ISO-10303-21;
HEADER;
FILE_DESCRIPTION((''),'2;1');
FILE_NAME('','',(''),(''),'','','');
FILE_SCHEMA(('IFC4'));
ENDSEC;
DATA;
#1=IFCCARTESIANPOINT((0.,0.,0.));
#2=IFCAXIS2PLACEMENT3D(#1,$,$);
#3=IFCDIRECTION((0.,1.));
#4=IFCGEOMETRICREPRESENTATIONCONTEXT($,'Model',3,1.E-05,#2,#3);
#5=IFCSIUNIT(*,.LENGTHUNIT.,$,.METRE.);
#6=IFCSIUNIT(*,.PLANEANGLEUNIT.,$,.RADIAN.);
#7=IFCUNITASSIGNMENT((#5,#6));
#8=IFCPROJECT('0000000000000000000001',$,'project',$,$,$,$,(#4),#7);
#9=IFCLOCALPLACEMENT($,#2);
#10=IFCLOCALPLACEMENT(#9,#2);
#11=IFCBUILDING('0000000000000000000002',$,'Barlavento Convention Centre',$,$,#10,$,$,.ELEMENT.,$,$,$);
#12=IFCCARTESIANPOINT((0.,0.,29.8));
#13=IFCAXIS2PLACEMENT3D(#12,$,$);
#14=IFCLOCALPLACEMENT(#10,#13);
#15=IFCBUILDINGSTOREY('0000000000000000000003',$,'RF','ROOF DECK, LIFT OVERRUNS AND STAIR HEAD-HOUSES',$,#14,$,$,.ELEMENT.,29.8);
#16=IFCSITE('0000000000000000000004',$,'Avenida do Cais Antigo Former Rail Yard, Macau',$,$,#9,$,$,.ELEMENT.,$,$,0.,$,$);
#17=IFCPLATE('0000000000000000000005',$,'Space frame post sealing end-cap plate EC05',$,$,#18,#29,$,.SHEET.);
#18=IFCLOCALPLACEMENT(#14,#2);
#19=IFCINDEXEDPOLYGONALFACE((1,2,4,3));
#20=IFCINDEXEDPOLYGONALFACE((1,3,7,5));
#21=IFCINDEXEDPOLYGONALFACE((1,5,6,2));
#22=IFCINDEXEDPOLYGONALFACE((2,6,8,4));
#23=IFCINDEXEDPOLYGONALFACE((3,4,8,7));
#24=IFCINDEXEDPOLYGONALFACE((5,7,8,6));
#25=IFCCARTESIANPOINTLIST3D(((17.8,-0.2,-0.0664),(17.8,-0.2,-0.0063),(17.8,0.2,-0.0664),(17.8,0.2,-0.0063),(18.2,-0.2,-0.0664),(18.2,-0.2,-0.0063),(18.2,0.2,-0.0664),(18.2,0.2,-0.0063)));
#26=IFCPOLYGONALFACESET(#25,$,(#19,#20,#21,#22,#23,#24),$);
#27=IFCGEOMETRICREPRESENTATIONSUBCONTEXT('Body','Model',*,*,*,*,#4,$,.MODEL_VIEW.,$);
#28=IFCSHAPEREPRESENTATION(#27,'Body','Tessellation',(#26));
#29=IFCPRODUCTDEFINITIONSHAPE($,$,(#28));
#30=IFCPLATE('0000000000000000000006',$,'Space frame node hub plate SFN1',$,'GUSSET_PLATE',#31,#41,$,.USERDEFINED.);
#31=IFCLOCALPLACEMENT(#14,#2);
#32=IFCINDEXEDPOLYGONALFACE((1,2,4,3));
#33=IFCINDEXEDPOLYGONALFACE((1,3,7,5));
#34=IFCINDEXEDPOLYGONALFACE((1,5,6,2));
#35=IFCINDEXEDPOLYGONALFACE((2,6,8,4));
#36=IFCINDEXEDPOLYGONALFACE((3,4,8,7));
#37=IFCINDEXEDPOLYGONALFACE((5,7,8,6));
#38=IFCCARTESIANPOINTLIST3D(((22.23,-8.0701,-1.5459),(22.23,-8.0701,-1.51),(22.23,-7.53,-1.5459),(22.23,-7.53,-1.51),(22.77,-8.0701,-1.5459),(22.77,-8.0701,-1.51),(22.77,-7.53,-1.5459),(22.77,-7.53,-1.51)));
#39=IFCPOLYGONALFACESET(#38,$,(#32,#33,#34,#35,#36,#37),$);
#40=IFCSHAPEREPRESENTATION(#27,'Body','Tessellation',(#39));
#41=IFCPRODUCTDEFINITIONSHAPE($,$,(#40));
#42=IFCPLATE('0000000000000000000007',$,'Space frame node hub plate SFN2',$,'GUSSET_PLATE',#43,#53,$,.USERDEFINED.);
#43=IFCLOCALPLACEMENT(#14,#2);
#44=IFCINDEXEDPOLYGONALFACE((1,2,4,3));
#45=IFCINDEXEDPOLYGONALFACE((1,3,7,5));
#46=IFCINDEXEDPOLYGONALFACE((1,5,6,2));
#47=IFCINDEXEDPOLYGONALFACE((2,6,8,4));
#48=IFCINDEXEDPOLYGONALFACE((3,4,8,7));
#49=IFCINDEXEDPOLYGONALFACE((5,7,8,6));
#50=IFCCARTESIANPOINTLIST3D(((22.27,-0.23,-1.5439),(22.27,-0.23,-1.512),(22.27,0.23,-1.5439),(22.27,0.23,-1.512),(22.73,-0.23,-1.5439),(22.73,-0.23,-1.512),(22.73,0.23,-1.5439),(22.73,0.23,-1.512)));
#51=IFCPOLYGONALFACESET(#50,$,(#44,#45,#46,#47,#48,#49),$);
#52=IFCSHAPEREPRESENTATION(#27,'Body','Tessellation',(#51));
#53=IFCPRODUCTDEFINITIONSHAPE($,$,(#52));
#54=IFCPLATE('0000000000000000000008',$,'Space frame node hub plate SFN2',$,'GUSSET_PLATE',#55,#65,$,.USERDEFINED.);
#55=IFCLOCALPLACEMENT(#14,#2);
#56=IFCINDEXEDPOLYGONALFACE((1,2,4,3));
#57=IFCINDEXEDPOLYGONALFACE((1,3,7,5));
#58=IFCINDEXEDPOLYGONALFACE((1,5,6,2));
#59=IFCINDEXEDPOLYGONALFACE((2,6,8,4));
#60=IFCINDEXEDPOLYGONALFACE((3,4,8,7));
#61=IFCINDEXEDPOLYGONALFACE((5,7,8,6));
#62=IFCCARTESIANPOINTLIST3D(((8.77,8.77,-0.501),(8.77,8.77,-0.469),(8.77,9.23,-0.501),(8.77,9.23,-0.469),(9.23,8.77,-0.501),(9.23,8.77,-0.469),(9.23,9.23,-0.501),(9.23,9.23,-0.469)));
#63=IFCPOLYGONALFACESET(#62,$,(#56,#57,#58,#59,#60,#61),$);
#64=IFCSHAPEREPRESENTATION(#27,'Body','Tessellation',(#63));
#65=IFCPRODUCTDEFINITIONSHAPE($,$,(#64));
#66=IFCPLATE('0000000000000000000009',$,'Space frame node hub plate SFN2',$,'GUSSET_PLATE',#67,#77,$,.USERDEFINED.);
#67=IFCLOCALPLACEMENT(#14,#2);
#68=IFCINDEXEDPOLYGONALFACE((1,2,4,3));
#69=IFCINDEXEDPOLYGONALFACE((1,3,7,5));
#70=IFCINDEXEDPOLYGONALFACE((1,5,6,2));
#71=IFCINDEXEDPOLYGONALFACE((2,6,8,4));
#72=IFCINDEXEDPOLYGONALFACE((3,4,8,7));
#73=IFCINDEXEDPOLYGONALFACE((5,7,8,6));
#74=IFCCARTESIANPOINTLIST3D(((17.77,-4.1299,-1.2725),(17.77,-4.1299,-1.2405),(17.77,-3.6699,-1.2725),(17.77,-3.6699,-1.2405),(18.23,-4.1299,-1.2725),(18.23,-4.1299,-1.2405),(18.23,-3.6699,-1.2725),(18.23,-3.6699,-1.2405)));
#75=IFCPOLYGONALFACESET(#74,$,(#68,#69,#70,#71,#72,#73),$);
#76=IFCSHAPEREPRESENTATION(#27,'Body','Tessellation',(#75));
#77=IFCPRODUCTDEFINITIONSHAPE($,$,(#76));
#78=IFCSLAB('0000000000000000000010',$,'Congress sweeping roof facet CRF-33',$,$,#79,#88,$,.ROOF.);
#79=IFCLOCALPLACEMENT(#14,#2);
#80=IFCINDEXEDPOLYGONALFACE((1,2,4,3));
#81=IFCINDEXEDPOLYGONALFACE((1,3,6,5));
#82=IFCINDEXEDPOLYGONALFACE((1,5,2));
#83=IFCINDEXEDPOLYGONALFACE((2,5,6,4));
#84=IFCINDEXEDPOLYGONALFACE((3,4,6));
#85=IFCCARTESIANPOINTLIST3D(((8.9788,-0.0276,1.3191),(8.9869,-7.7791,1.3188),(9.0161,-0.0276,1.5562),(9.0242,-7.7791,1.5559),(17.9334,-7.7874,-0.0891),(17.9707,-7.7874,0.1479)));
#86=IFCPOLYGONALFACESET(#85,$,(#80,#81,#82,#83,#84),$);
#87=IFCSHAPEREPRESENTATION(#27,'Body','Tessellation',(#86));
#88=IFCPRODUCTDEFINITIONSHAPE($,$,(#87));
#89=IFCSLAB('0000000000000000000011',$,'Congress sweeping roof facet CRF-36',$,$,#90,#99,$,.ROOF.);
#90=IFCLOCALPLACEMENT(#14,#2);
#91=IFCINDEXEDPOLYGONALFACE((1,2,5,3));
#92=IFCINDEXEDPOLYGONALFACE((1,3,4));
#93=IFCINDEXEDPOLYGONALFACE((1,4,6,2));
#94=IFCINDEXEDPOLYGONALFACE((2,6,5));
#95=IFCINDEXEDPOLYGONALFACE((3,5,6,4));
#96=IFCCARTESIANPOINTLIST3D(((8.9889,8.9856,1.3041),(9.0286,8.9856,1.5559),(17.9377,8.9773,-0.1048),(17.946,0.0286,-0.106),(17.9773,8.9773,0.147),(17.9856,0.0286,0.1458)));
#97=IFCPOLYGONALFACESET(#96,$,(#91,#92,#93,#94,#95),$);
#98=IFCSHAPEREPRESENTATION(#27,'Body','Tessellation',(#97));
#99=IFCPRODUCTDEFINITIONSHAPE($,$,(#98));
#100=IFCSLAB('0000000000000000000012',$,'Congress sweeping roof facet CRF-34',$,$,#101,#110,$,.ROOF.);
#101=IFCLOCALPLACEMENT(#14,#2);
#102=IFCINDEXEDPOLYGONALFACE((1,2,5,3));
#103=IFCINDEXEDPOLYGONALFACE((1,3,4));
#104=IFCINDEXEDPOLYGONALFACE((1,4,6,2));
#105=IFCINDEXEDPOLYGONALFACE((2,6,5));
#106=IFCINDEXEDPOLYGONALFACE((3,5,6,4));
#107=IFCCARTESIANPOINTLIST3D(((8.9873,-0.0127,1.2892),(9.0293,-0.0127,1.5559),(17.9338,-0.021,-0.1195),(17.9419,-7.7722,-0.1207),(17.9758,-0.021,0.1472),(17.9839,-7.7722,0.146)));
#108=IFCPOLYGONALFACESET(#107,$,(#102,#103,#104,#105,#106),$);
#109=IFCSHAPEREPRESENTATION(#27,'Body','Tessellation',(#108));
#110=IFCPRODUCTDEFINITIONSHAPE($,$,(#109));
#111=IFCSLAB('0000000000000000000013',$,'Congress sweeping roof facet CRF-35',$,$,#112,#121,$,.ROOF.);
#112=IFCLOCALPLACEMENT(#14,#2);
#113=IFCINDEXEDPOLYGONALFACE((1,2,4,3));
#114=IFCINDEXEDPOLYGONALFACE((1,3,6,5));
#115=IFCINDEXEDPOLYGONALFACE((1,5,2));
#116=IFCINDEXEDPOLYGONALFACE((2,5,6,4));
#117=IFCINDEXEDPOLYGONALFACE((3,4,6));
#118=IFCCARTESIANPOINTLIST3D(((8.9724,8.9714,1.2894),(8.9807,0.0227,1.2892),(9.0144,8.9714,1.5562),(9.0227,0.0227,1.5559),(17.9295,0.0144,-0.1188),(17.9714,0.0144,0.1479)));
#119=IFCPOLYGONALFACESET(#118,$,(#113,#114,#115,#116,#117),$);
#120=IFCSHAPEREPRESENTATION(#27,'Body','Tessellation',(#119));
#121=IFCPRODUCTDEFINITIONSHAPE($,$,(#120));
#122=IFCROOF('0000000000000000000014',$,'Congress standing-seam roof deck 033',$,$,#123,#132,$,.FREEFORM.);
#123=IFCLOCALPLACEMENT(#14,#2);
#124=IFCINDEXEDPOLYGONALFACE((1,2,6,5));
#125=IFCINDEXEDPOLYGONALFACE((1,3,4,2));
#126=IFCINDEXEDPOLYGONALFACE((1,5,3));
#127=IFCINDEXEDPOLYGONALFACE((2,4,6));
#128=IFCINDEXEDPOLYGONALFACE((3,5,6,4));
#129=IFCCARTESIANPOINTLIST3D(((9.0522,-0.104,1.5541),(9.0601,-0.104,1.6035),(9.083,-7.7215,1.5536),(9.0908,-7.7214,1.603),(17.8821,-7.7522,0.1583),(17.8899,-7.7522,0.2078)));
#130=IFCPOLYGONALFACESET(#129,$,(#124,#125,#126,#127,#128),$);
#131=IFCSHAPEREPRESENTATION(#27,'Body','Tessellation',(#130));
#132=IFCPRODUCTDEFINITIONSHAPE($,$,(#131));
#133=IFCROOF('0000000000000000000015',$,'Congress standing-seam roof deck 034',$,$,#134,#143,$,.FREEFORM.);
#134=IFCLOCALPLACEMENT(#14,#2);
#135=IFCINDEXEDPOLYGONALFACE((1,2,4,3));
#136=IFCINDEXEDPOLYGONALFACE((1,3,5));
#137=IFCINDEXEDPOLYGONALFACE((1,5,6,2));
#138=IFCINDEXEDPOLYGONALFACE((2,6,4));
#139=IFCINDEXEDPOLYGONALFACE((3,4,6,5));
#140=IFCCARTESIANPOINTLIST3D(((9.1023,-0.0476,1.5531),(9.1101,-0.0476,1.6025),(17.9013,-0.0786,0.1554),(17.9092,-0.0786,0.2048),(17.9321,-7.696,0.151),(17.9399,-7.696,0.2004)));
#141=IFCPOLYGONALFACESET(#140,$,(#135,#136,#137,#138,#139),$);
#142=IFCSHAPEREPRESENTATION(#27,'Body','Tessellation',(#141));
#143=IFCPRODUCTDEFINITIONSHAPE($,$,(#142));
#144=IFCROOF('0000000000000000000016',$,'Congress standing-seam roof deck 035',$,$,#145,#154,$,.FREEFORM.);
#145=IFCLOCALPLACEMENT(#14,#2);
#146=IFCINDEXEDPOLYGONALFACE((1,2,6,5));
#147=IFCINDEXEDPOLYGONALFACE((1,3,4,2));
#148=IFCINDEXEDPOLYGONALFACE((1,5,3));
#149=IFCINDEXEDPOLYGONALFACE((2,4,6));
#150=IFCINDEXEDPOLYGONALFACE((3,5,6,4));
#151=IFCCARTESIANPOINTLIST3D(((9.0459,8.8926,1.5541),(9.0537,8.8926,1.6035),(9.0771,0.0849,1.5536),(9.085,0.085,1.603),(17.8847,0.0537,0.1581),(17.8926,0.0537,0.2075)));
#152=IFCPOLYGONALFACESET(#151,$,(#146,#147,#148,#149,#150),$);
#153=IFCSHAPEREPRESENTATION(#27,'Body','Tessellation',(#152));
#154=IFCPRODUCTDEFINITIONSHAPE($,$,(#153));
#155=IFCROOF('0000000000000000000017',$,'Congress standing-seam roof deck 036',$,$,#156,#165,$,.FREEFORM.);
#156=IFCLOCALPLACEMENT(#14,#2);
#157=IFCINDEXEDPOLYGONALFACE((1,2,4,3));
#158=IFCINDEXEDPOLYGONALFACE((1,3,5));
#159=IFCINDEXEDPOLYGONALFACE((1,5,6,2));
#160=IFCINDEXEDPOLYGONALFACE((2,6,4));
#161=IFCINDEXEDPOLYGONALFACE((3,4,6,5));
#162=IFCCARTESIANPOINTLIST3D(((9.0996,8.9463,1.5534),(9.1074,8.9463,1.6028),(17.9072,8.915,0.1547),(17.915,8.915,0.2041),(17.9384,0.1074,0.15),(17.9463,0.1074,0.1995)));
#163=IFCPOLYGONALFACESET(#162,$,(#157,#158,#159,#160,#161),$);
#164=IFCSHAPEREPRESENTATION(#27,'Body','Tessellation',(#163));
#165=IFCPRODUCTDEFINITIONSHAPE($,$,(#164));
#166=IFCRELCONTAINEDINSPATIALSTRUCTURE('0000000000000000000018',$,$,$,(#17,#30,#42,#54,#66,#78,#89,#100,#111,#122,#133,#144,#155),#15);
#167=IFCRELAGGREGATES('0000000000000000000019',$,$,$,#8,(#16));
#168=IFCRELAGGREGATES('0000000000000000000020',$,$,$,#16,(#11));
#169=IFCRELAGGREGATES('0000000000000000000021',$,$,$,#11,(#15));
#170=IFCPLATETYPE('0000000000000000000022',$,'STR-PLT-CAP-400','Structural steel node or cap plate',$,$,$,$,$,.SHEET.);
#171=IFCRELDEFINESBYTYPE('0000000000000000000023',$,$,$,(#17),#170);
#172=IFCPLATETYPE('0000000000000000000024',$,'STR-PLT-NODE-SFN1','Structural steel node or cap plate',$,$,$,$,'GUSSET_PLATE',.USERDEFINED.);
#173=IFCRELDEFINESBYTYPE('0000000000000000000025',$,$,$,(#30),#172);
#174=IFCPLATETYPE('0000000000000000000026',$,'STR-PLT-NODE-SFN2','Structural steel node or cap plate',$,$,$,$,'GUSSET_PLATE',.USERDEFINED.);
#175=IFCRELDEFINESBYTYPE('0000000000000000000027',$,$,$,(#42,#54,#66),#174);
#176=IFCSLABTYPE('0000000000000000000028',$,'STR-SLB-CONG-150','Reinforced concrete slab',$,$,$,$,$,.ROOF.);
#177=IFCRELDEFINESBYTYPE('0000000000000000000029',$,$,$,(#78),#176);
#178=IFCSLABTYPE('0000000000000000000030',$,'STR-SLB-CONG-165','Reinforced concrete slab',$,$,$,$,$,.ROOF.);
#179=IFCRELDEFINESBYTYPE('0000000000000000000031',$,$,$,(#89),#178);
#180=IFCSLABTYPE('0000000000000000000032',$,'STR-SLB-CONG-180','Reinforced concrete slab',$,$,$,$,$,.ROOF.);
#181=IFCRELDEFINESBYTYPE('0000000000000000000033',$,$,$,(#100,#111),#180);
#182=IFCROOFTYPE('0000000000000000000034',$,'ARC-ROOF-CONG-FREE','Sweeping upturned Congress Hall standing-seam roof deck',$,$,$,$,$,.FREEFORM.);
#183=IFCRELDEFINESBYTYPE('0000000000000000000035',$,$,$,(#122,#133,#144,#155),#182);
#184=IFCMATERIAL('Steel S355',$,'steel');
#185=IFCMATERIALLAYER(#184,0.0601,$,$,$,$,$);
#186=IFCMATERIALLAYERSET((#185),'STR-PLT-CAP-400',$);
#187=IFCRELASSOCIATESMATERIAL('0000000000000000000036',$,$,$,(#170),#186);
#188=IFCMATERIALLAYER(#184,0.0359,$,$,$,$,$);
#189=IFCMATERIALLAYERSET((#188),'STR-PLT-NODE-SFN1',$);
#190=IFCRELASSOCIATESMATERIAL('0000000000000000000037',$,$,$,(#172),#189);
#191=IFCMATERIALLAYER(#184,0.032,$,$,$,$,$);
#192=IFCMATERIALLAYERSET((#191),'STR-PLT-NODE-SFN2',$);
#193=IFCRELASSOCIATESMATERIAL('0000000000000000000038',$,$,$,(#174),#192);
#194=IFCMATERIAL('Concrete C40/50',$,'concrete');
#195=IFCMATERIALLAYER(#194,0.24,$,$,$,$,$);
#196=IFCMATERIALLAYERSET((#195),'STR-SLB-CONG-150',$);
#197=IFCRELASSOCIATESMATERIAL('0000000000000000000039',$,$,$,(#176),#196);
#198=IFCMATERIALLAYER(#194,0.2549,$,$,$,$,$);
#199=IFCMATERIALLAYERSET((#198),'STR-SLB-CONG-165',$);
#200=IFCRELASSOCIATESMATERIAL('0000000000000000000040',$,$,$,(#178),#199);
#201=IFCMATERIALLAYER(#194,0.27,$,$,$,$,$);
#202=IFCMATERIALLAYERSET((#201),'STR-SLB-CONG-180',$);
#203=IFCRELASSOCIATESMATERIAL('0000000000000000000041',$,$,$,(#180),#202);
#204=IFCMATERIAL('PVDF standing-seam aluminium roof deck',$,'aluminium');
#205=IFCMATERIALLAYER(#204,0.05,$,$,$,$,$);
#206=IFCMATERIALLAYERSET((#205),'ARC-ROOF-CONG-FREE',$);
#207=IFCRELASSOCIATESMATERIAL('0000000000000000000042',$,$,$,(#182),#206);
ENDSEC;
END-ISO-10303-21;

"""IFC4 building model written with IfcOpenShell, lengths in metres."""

from ifc_helpers import new_model, si_unit, direction, frame, origin, origin_2d, place, context, subcontext, project, spatial, polyline, rectangle, outline, extrude, material, layer, layer_set, type_object, element, save


model = new_model("IFC4")

# Units and contexts
model_context = context("Model", 3, precision=1e-05, world=origin(), true_north=direction((0.0, 1.0)))
body_context = subcontext(model_context, "Body", "Model", "MODEL_VIEW")
ifc_project = project(units=[si_unit("LENGTHUNIT", "METRE"), si_unit("PLANEANGLEUNIT", "RADIAN")], contexts=[model_context])

# Site, building, storey
site_placement = place(None, origin())
site = spatial("IfcSite", under=ifc_project, at=site_placement, Name="Avenida do Cais Antigo Former Rail Yard, Macau", CompositionType="ELEMENT", RefElevation=0.0)
building_placement = place(site_placement, origin())
building = spatial("IfcBuilding", under=site, at=building_placement, Name="Barlavento Convention Centre", CompositionType="ELEMENT")
storey_placement = place(building_placement, frame((0.0, 0.0, 29.8)))
storey = spatial("IfcBuildingStorey", under=building, at=storey_placement, Name="RF", Description="ROOF DECK, LIFT OVERRUNS AND STAIR HEAD-HOUSES", CompositionType="ELEMENT", Elevation=29.8)

# Shared definitions
ifc_material_1 = material(Name="Steel S355", Category="steel")

# Plates
ifc_layer_1 = layer(ifc_material_1, 0.0601)
ifc_layer_set_1 = layer_set([ifc_layer_1], Name="STR-PLT-CAP-400")
plate_type_1 = type_object("IfcPlateType", Name="STR-PLT-CAP-400", Description="Structural steel node or cap plate", PredefinedType="SHEET", material=ifc_layer_set_1)
for number, where, z_axis, x_axis, name in (
    (1, (18.0, 0.0, -0.0664), (0.0, 0.0, 1.0), (1.0, 0.0, 0.0), "Space frame post sealing end-cap plate EC05"),
):
    element("IfcPlate", number, at=place(storey_placement, frame(where, z_axis=z_axis, x_axis=x_axis)), inside=storey, type_object=plate_type_1, Name=name, PredefinedType="SHEET", context=body_context, shape_type="SweptSolid", body=[
        extrude(rectangle(XDim=0.3999, YDim=0.3999, at=origin_2d()), origin(), (0.0, 0.0, 1.0), 0.0601),
    ])
ifc_layer_2 = layer(ifc_material_1, 0.0359)
ifc_layer_set_2 = layer_set([ifc_layer_2], Name="STR-PLT-NODE-SFN1")
plate_type_2 = type_object("IfcPlateType", Name="STR-PLT-NODE-SFN1", Description="Structural steel node or cap plate", ElementType="GUSSET_PLATE", PredefinedType="USERDEFINED", material=ifc_layer_set_2)
plate_1_placement = place(storey_placement, frame((22.5, -7.8, -1.5459), z_axis=(0.0, 0.0, 1.0), x_axis=(1.0, 0.0, 0.0)))
element("IfcPlate", 2, at=plate_1_placement, inside=storey, type_object=plate_type_2, Name="Space frame node hub plate SFN1", ObjectType="GUSSET_PLATE", PredefinedType="USERDEFINED", context=body_context, shape_type="SweptSolid", body=[
    extrude(rectangle(XDim=0.54, YDim=0.54, at=origin_2d()), origin(), (0.0, 0.0, 1.0), 0.0359),
])
ifc_layer_3 = layer(ifc_material_1, 0.032)
ifc_layer_set_3 = layer_set([ifc_layer_3], Name="STR-PLT-NODE-SFN2")
plate_type_3 = type_object("IfcPlateType", Name="STR-PLT-NODE-SFN2", Description="Structural steel node or cap plate", ElementType="GUSSET_PLATE", PredefinedType="USERDEFINED", material=ifc_layer_set_3)
for number, where, z_axis, x_axis, name in (
    (3, (22.5, 0.0, -1.5439), (0.0, 0.0, 1.0), (1.0, 0.0, 0.0), "Space frame node hub plate SFN2"),
    (4, (9.0, 9.0, -0.501), (0.0, 0.0, 1.0), (1.0, 0.0, 0.0), "Space frame node hub plate SFN2"),
    (5, (18.0, -3.8999, -1.2725), (0.0, 0.0, 1.0), (1.0, 0.0, 0.0), "Space frame node hub plate SFN2"),
):
    element("IfcPlate", number, at=place(storey_placement, frame(where, z_axis=z_axis, x_axis=x_axis)), inside=storey, type_object=plate_type_3, Name=name, ObjectType="GUSSET_PLATE", PredefinedType="USERDEFINED", context=body_context, shape_type="SweptSolid", body=[
        extrude(rectangle(XDim=0.46, YDim=0.46, at=origin_2d()), origin(), (0.0, 0.0, 1.0), 0.032),
    ])

# Slabs
ifc_material_2 = material(Name="Concrete C40/50", Category="concrete")
ifc_layer_4 = layer(ifc_material_2, 0.24)
ifc_layer_set_4 = layer_set([ifc_layer_4], Name="STR-SLB-CONG-150")
slab_type_1 = type_object("IfcSlabType", Name="STR-SLB-CONG-150", Description="Reinforced concrete slab", PredefinedType="ROOF", material=ifc_layer_set_4)
slab_1_placement = place(storey_placement, frame((9.0242, -7.7791, 1.5559), z_axis=(0.155462, 0.00013, 0.987842), x_axis=(0.987842, -0.000917, -0.155461)))
element("IfcSlab", 6, at=slab_1_placement, inside=storey, type_object=slab_type_1, Name="Congress sweeping roof facet CRF-33", PredefinedType="ROOF", context=body_context, shape_type="SweptSolid", body=[
    extrude(outline(polyline([(0.0, 0.0), (9.0566, 0.0), (-0.0151, 7.7515), (0.0, 0.0)])), origin(), (0.0, 0.0, -1.0), 0.24),
])
ifc_layer_5 = layer(ifc_material_2, 0.2549)
ifc_layer_set_5 = layer_set([ifc_layer_5], Name="STR-SLB-CONG-165")
slab_type_2 = type_object("IfcSlabType", Name="STR-SLB-CONG-165", Description="Reinforced concrete slab", PredefinedType="ROOF", material=ifc_layer_set_5)
slab_2_placement = place(storey_placement, frame((17.9856, 0.0286, 0.1458), z_axis=(0.155529, 0.00001, 0.987831), x_axis=(-0.000928, 1.0, 0.000136)))
element("IfcSlab", 7, at=slab_2_placement, inside=storey, type_object=slab_type_2, Name="Congress sweeping roof facet CRF-36", PredefinedType="ROOF", context=body_context, shape_type="SweptSolid", body=[
    extrude(outline(polyline([(0.0, 0.0), (8.9487, 0.0), (8.9655, 9.059), (0.0, 0.0)])), origin(), (0.0, 0.0, -1.0), 0.2549),
])
ifc_layer_6 = layer(ifc_material_2, 0.27)
ifc_layer_set_6 = layer_set([ifc_layer_6], Name="STR-SLB-CONG-180")
slab_type_3 = type_object("IfcSlabType", Name="STR-SLB-CONG-180", Description="Reinforced concrete slab", PredefinedType="ROOF", material=ifc_layer_set_6)
slab_3_placement = place(storey_placement, frame((17.9839, -7.7722, 0.146), z_axis=(0.15554, 0.000006, 0.98783), x_axis=(-0.001039, 0.999999, 0.000157)))
element("IfcSlab", 8, at=slab_3_placement, inside=storey, type_object=slab_type_3, Name="Congress sweeping roof facet CRF-34", PredefinedType="ROOF", context=body_context, shape_type="SweptSolid", body=[
    extrude(outline(polyline([(0.0, 0.0), (7.7512, 0.0), (7.769, 9.0567), (0.0, 0.0)])), origin(), (0.0, 0.0, -1.0), 0.27),
])
slab_4_placement = place(storey_placement, frame((9.0227, 0.0227, 1.5559), z_axis=(0.155424, 0.000117, 0.987848), x_axis=(0.987847, -0.000916, -0.155424)))
element("IfcSlab", 9, at=slab_4_placement, inside=storey, type_object=slab_type_3, Name="Congress sweeping roof facet CRF-35", PredefinedType="ROOF", context=body_context, shape_type="SweptSolid", body=[
    extrude(outline(polyline([(0.0, 0.0), (9.0588, 0.0), (-0.0164, 8.9487), (0.0, 0.0)])), origin(), (0.0, 0.0, -1.0), 0.27),
])

# Roofs
ifc_material_3 = material(Name="PVDF standing-seam aluminium roof deck", Category="aluminium")
ifc_layer_7 = layer(ifc_material_3, 0.05)
ifc_layer_set_7 = layer_set([ifc_layer_7], Name="ARC-ROOF-CONG-FREE")
roof_type = type_object("IfcRoofType", Name="ARC-ROOF-CONG-FREE", Description="Sweeping upturned Congress Hall standing-seam roof deck", PredefinedType="FREEFORM", material=ifc_layer_set_7)
roof_1_placement = place(storey_placement, frame((9.0908, -7.7214, 1.603), z_axis=(0.156615, 0.000569, 0.98766), x_axis=(0.987654, -0.003453, -0.156612)))
element("IfcRoof", 10, at=roof_1_placement, inside=storey, type_object=roof_type, Name="Congress standing-seam roof deck 033", PredefinedType="FREEFORM", context=body_context, shape_type="SweptSolid", body=[
    extrude(outline(polyline([(0.0, 0.0), (8.9091, 0.0), (-0.0568, 7.6173), (0.0, 0.0)])), origin(), (0.0, 0.0, -1.0), 0.05),
])
roof_2_placement = place(storey_placement, frame((17.9399, -7.696, 0.2004), z_axis=(0.15688, 0.000064, 0.987618), x_axis=(-0.004038, 0.999992, 0.000577)))
element("IfcRoof", 11, at=roof_2_placement, inside=storey, type_object=roof_type, Name="Congress standing-seam roof deck 034", PredefinedType="FREEFORM", context=body_context, shape_type="SweptSolid", body=[
    extrude(outline(polyline([(0.0, 0.0), (7.6175, 0.0), (7.6848, 8.9092), (0.0, 0.0)])), origin(), (0.0, 0.0, -1.0), 0.05),
])
roof_3_placement = place(storey_placement, frame((9.085, 0.085, 1.603), z_axis=(0.156493, 0.0005, 0.987679), x_axis=(0.987673, -0.003504, -0.15649)))
element("IfcRoof", 12, at=roof_3_placement, inside=storey, type_object=roof_type, Name="Congress standing-seam roof deck 035", PredefinedType="FREEFORM", context=body_context, shape_type="SweptSolid", body=[
    extrude(outline(polyline([(0.0, 0.0), (8.9175, 0.0), (-0.0618, 8.8075), (0.0, 0.0)])), origin(), (0.0, 0.0, -1.0), 0.05),
])
roof_4_placement = place(storey_placement, frame((17.9463, 0.1074, 0.1995), z_axis=(0.156838, 0.000036, 0.987624), x_axis=(-0.003548, 0.999994, 0.000527)))
element("IfcRoof", 13, at=roof_4_placement, inside=storey, type_object=roof_type, Name="Congress standing-seam roof deck 036", PredefinedType="FREEFORM", context=body_context, shape_type="SweptSolid", body=[
    extrude(outline(polyline([(0.0, 0.0), (8.8077, 0.0), (8.8709, 8.9178), (0.0, 0.0)])), origin(), (0.0, 0.0, -1.0), 0.05),
])

save(model, "model.ifc")
